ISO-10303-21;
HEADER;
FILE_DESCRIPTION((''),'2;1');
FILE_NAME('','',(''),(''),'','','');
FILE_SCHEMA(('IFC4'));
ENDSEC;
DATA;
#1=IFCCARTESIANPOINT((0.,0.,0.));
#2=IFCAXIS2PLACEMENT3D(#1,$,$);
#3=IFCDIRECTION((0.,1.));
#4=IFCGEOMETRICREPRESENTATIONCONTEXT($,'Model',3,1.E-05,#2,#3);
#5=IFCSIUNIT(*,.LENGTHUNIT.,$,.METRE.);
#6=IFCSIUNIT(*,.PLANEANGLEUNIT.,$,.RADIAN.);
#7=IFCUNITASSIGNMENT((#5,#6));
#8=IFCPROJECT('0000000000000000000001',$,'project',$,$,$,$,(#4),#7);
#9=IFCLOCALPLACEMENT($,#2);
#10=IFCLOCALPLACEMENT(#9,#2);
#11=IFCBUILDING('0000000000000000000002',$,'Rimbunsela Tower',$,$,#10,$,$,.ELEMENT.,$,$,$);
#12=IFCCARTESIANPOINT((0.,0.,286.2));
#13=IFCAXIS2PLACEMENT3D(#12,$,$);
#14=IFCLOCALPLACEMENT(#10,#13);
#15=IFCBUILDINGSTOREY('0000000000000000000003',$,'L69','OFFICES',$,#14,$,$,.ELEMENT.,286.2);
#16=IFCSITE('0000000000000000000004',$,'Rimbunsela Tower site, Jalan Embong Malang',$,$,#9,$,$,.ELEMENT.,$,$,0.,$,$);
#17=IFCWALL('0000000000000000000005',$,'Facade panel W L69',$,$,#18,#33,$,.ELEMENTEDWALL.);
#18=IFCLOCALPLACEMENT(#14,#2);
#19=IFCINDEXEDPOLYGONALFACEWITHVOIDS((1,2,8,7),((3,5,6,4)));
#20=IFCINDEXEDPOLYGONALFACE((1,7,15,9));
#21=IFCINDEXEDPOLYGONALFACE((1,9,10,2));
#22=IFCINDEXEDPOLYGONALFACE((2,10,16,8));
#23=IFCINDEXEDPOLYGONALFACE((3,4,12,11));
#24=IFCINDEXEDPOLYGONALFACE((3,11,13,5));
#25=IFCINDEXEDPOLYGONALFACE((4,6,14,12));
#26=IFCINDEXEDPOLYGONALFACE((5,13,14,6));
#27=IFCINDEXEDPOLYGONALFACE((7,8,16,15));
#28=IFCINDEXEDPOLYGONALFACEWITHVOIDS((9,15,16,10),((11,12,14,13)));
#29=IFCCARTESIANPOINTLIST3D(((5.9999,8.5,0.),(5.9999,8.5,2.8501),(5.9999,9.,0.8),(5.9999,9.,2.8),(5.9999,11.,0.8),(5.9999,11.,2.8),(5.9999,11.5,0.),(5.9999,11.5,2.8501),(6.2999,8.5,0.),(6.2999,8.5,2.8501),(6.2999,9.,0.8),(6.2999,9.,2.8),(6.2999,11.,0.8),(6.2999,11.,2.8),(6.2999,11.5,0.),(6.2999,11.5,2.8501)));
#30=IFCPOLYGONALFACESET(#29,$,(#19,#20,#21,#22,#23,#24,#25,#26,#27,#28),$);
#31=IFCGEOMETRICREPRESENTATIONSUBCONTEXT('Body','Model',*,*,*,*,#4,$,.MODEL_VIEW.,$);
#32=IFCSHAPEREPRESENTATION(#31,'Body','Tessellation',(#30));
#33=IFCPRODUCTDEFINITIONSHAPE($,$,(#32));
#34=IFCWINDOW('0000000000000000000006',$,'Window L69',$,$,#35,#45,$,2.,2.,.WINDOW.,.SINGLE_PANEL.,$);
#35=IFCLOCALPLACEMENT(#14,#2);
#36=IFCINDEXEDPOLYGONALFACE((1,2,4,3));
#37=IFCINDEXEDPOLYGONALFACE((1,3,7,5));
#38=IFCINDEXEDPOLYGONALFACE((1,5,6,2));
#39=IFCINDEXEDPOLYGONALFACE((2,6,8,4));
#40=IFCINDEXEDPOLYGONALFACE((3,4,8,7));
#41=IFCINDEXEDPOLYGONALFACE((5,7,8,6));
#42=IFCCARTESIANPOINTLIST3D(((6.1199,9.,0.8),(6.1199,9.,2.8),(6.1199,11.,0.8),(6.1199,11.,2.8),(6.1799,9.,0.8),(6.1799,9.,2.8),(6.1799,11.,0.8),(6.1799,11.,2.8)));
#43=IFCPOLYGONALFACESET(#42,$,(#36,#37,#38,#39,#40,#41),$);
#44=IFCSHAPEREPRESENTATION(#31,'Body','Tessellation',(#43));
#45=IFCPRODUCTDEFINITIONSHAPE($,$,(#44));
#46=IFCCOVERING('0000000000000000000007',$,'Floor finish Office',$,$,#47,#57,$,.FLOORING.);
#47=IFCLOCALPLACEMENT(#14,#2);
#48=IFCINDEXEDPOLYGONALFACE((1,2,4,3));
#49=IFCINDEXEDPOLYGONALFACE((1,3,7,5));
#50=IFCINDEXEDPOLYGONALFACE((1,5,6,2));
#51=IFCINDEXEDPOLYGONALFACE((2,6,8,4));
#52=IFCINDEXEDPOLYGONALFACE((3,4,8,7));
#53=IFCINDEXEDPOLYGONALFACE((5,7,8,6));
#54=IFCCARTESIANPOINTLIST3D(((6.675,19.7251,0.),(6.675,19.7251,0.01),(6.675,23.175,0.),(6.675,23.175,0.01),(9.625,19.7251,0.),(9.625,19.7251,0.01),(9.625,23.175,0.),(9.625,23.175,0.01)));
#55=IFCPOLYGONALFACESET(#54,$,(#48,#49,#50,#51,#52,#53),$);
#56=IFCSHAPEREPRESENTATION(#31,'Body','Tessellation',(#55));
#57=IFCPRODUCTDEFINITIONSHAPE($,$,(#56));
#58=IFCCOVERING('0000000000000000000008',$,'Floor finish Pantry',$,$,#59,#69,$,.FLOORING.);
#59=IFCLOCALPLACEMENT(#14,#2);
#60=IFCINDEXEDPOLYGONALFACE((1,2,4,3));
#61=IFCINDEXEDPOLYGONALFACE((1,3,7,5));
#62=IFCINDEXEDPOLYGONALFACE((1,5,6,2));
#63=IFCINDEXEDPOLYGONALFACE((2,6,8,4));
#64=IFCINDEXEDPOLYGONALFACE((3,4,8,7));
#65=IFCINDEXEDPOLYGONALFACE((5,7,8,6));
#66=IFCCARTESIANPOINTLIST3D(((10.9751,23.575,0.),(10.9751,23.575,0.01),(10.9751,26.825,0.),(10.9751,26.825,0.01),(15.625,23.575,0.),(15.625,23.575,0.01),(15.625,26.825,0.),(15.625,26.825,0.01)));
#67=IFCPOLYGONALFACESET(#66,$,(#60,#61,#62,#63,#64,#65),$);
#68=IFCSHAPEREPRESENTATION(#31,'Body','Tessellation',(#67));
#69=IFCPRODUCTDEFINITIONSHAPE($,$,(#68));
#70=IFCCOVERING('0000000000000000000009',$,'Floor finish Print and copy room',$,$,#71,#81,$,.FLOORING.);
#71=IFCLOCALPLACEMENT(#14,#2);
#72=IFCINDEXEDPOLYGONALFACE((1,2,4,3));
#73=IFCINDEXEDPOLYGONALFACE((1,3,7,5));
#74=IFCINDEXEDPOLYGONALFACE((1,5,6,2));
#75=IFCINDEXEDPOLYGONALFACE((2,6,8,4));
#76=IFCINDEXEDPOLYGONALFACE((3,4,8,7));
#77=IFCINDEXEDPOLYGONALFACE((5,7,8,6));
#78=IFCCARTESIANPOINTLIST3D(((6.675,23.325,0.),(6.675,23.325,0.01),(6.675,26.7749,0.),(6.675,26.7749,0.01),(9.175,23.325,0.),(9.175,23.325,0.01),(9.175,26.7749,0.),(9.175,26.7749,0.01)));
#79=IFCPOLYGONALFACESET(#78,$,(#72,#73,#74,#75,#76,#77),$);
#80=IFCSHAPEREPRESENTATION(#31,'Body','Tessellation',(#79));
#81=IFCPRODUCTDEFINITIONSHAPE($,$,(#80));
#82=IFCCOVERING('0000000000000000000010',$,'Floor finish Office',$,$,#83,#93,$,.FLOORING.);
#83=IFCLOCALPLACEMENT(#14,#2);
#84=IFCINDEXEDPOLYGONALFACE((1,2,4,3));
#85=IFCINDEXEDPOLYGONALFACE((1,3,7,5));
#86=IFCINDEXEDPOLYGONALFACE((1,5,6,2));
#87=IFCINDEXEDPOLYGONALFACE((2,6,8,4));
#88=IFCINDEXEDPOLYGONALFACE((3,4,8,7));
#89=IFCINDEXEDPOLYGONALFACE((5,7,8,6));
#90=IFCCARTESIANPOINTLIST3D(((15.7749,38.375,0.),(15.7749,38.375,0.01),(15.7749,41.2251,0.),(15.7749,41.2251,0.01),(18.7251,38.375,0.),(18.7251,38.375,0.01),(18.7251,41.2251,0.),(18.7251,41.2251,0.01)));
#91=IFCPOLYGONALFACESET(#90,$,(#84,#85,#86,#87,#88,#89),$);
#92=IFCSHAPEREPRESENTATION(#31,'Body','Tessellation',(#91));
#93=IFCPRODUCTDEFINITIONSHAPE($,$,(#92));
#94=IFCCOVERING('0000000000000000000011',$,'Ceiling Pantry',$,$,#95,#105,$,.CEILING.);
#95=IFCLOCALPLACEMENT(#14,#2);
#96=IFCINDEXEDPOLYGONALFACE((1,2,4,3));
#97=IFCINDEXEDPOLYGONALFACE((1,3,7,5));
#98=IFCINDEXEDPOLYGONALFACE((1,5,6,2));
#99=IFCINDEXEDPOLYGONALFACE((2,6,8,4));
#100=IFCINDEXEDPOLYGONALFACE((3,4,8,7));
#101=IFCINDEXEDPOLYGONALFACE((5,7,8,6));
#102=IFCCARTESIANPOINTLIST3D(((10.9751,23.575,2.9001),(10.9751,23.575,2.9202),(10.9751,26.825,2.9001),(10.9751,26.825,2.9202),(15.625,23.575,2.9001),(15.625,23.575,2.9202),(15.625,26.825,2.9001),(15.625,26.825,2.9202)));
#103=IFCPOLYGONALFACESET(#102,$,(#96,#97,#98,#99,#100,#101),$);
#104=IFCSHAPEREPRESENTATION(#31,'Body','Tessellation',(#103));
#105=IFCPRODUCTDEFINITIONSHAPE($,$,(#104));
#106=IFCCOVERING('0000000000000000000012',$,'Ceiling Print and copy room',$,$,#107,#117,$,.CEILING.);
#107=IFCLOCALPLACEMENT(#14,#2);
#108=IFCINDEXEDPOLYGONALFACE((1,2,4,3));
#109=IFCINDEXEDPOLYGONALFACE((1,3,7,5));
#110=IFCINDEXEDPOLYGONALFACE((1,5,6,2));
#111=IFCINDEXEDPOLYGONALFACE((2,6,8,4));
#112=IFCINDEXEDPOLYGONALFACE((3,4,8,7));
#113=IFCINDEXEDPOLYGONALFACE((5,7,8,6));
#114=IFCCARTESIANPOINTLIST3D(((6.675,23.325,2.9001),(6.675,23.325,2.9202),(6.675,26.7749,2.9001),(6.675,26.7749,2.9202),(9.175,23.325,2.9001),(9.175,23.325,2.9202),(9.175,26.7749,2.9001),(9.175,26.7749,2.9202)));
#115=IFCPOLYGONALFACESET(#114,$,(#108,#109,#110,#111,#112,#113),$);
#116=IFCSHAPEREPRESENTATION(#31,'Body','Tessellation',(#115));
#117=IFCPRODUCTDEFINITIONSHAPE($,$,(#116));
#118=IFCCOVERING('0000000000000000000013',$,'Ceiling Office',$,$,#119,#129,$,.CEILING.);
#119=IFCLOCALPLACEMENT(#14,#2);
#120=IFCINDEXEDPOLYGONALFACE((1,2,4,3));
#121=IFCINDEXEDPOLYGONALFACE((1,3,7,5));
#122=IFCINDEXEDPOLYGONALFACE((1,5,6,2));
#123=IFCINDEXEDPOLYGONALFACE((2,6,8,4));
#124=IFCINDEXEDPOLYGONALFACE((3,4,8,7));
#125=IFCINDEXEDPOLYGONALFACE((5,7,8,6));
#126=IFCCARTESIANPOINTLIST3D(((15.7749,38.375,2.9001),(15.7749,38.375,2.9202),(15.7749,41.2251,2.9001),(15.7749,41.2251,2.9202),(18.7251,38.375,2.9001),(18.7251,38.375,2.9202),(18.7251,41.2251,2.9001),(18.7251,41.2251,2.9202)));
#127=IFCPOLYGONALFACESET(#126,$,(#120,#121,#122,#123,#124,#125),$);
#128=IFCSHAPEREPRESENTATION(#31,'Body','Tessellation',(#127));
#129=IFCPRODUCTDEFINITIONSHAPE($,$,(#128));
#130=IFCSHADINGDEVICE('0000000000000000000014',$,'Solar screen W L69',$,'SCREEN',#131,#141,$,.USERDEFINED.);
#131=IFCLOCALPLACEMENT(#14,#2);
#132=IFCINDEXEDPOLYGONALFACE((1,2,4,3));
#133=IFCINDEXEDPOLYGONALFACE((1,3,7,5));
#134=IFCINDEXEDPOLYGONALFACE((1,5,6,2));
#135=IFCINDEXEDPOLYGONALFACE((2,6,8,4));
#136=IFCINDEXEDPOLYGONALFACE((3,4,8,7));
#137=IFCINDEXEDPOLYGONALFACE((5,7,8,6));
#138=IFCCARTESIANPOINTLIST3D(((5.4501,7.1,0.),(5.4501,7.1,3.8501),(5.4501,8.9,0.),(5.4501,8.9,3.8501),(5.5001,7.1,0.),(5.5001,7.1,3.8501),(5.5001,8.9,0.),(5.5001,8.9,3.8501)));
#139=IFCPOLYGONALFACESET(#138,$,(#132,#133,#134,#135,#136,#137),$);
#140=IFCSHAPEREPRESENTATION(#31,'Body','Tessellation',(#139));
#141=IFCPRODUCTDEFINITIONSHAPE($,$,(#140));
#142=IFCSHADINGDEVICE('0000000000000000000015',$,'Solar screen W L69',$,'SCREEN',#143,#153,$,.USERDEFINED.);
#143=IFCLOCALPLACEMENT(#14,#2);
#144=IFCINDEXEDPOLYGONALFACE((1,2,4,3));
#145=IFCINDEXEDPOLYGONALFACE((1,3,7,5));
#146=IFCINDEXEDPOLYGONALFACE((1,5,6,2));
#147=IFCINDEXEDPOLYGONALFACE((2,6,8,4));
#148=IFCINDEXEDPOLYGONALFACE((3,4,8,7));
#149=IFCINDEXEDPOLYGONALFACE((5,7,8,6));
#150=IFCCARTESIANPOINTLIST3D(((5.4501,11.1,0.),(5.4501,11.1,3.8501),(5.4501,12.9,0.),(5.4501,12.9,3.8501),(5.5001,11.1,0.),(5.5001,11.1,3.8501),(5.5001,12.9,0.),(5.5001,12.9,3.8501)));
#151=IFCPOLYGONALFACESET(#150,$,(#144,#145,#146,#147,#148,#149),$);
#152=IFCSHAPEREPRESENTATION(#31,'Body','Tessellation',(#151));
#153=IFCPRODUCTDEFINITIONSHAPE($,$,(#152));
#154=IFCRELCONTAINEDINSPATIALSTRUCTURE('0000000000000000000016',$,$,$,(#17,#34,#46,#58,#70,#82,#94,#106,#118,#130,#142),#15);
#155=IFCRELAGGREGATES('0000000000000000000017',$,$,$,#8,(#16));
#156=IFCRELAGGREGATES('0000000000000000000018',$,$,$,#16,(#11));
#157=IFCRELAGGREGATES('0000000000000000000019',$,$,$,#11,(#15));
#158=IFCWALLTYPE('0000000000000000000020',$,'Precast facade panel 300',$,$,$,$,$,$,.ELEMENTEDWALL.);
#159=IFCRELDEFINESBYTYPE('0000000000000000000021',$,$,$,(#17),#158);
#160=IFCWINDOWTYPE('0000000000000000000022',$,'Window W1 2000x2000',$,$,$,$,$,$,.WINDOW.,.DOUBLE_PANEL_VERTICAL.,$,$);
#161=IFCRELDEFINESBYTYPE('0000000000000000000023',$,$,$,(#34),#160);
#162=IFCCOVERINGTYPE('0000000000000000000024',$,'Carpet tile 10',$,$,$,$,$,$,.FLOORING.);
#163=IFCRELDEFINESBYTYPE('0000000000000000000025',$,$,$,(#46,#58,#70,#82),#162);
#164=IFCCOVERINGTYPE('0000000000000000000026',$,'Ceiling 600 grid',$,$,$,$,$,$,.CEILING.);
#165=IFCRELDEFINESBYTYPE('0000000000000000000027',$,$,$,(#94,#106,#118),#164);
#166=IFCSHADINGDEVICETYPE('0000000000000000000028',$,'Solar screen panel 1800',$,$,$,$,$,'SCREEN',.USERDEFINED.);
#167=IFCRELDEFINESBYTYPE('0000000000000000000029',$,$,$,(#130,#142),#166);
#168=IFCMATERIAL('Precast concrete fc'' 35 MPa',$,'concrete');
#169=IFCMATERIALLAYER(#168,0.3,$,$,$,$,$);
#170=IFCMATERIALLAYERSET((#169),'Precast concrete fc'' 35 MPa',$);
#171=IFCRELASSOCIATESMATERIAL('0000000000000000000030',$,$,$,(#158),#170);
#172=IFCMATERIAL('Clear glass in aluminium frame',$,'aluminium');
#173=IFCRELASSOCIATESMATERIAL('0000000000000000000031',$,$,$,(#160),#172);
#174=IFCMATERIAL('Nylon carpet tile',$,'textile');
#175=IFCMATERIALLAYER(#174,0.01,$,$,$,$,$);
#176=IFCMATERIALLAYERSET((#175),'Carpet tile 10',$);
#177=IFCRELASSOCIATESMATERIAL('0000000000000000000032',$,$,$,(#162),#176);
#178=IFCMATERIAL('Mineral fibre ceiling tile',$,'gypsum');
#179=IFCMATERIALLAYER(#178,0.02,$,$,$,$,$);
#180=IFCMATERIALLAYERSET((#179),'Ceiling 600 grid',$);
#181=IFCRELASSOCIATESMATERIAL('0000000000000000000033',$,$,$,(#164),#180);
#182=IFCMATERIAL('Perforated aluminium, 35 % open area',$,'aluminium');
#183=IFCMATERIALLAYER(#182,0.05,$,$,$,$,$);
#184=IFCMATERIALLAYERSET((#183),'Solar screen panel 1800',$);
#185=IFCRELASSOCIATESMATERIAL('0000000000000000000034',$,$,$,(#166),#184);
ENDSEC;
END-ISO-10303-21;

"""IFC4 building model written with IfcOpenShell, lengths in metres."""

from ifc_helpers import new_model, si_unit, direction, frame, frame_2d, origin, origin_2d, place, context, subcontext, project, spatial, polyline, rectangle, outline, extrude, material, layer, layer_set, type_object, element, fill, save


model = new_model("IFC4")

# Units and contexts
model_context = context("Model", 3, precision=1e-05, world=origin(), true_north=direction((0.0, 1.0)))
body_context = subcontext(model_context, "Body", "Model", "MODEL_VIEW")
ifc_project = project(units=[si_unit("LENGTHUNIT", "METRE"), si_unit("PLANEANGLEUNIT", "RADIAN")], contexts=[model_context])

# Site, building, storey
site_placement = place(None, origin())
site = spatial("IfcSite", under=ifc_project, at=site_placement, Name="Rimbunsela Tower site, Jalan Embong Malang", CompositionType="ELEMENT", RefElevation=0.0)
building_placement = place(site_placement, origin())
building = spatial("IfcBuilding", under=site, at=building_placement, Name="Rimbunsela Tower", CompositionType="ELEMENT")
storey_placement = place(building_placement, frame((0.0, 0.0, 286.2)))
storey = spatial("IfcBuildingStorey", under=building, at=storey_placement, Name="L69", Description="OFFICES", CompositionType="ELEMENT", Elevation=286.2)

# Shared definitions
ifc_material_1 = material(Name="Precast concrete fc' 35 MPa", Category="concrete")
ifc_layer_1 = layer(ifc_material_1, 0.3)
ifc_layer_set_1 = layer_set([ifc_layer_1], Name="Precast concrete fc' 35 MPa")
wall_type = type_object("IfcWallType", Name="Precast facade panel 300", PredefinedType="ELEMENTEDWALL", material=ifc_layer_set_1)

# Wall, opening, window
wall_1_placement = place(storey_placement, frame((6.1499, 11.5, 0.0), z_axis=(0.0, 0.0, 1.0), x_axis=(0.0, -1.0, 0.0)))
wall_1 = element("IfcWall", 1, at=wall_1_placement, inside=storey, type_object=wall_type, Name="Facade panel W L69", PredefinedType="ELEMENTEDWALL", context=body_context, shape_type="SweptSolid", body=[
    extrude(rectangle(XDim=3.0, YDim=0.3, at=frame_2d((1.5, 0.0))), origin(), (0.0, 0.0, 1.0), 2.8501),
])
opening_placement = place(wall_1_placement, frame((0.5, 0.0, 0.8)))
opening = element("IfcOpeningElement", 2, at=opening_placement, cuts=wall_1, PredefinedType="OPENING", context=body_context, shape_type="SweptSolid", body=[
    extrude(rectangle(XDim=2.0, YDim=2.0, at=frame_2d((1.0, 1.0))), frame((0.0, 0.1599, 0.0), z_axis=(0.0, -1.0, 0.0), x_axis=(1.0, 0.0, 0.0)), (0.0, 0.0, 1.0), 0.3201),
])
ifc_material_2 = material(Name="Clear glass in aluminium frame", Category="aluminium")
window_type = type_object("IfcWindowType", Name="Window W1 2000x2000", PartitioningType="DOUBLE_PANEL_VERTICAL", PredefinedType="WINDOW", material=ifc_material_2)
window_placement = place(opening_placement, origin())
window = element("IfcWindow", 3, at=window_placement, inside=storey, type_object=window_type, Name="Window L69", OverallHeight=2.0, OverallWidth=2.0, PartitioningType="SINGLE_PANEL", PredefinedType="WINDOW", context=body_context, shape_type="SweptSolid", body=[
    extrude(rectangle(XDim=2.0, YDim=2.0, at=frame_2d((1.0, 1.0))), frame((0.0, 0.03, 0.0), z_axis=(0.0, -1.0, 0.0), x_axis=(1.0, 0.0, 0.0)), (0.0, 0.0, 1.0), 0.0601),
])
fill(opening, window)

# Coverings
ifc_material_3 = material(Name="Nylon carpet tile", Category="textile")
ifc_layer_2 = layer(ifc_material_3, 0.01)
ifc_layer_set_2 = layer_set([ifc_layer_2], Name="Carpet tile 10")
covering_type_1 = type_object("IfcCoveringType", Name="Carpet tile 10", PredefinedType="FLOORING", material=ifc_layer_set_2)
covering_1_placement = place(storey_placement, origin())
element("IfcCovering", 4, at=covering_1_placement, inside=storey, type_object=covering_type_1, Name="Floor finish Office", PredefinedType="FLOORING", context=body_context, shape_type="SweptSolid", body=[
    extrude(outline(polyline([(9.625, 19.7251), (9.625, 23.175), (6.675, 23.175), (6.675, 19.7251), (9.625, 19.7251)])), origin(), (0.0, 0.0, 1.0), 0.01),
])
covering_2_placement = place(storey_placement, origin())
element("IfcCovering", 5, at=covering_2_placement, inside=storey, type_object=covering_type_1, Name="Floor finish Pantry", PredefinedType="FLOORING", context=body_context, shape_type="SweptSolid", body=[
    extrude(outline(polyline([(15.625, 23.575), (15.625, 26.825), (10.9751, 26.825), (10.9751, 23.575), (15.625, 23.575)])), origin(), (0.0, 0.0, 1.0), 0.01),
])
covering_3_placement = place(storey_placement, origin())
element("IfcCovering", 6, at=covering_3_placement, inside=storey, type_object=covering_type_1, Name="Floor finish Print and copy room", PredefinedType="FLOORING", context=body_context, shape_type="SweptSolid", body=[
    extrude(outline(polyline([(9.175, 23.325), (9.175, 26.7749), (6.675, 26.7749), (6.675, 23.325), (9.175, 23.325)])), origin(), (0.0, 0.0, 1.0), 0.01),
])
covering_4_placement = place(storey_placement, origin())
element("IfcCovering", 7, at=covering_4_placement, inside=storey, type_object=covering_type_1, Name="Floor finish Office", PredefinedType="FLOORING", context=body_context, shape_type="SweptSolid", body=[
    extrude(outline(polyline([(18.7251, 38.375), (18.7251, 41.2251), (15.7749, 41.2251), (15.7749, 38.375), (18.7251, 38.375)])), origin(), (0.0, 0.0, 1.0), 0.01),
])
ifc_material_4 = material(Name="Mineral fibre ceiling tile", Category="gypsum")
ifc_layer_3 = layer(ifc_material_4, 0.02)
ifc_layer_set_3 = layer_set([ifc_layer_3], Name="Ceiling 600 grid")
covering_type_2 = type_object("IfcCoveringType", Name="Ceiling 600 grid", PredefinedType="CEILING", material=ifc_layer_set_3)
covering_5_placement = place(storey_placement, frame((0.0, 0.0, 2.9001)))
element("IfcCovering", 8, at=covering_5_placement, inside=storey, type_object=covering_type_2, Name="Ceiling Pantry", PredefinedType="CEILING", context=body_context, shape_type="SweptSolid", body=[
    extrude(outline(polyline([(15.625, 23.575), (15.625, 26.825), (10.9751, 26.825), (10.9751, 23.575), (15.625, 23.575)])), origin(), (0.0, 0.0, 1.0), 0.02),
])
covering_6_placement = place(storey_placement, frame((0.0, 0.0, 2.9001)))
element("IfcCovering", 9, at=covering_6_placement, inside=storey, type_object=covering_type_2, Name="Ceiling Print and copy room", PredefinedType="CEILING", context=body_context, shape_type="SweptSolid", body=[
    extrude(outline(polyline([(9.175, 23.325), (9.175, 26.7749), (6.675, 26.7749), (6.675, 23.325), (9.175, 23.325)])), origin(), (0.0, 0.0, 1.0), 0.02),
])
covering_7_placement = place(storey_placement, frame((0.0, 0.0, 2.9001)))
element("IfcCovering", 10, at=covering_7_placement, inside=storey, type_object=covering_type_2, Name="Ceiling Office", PredefinedType="CEILING", context=body_context, shape_type="SweptSolid", body=[
    extrude(outline(polyline([(18.7251, 38.375), (18.7251, 41.2251), (15.7749, 41.2251), (15.7749, 38.375), (18.7251, 38.375)])), origin(), (0.0, 0.0, 1.0), 0.02),
])

# Shading devices
ifc_material_5 = material(Name="Perforated aluminium, 35 % open area", Category="aluminium")
ifc_layer_4 = layer(ifc_material_5, 0.05)
ifc_layer_set_4 = layer_set([ifc_layer_4], Name="Solar screen panel 1800")
shading_device_type = type_object("IfcShadingDeviceType", Name="Solar screen panel 1800", ElementType="SCREEN", PredefinedType="USERDEFINED", material=ifc_layer_set_4)
for number, where, z_axis, x_axis, name in (
    (11, (5.4751, 8.0, 0.0), (0.0, 0.0, 1.0), (0.0, 1.0, 0.0), "Solar screen W L69"),
    (12, (5.4751, 12.0, 0.0), (0.0, 0.0, 1.0), (0.0, 1.0, 0.0), "Solar screen W L69"),
):
    element("IfcShadingDevice", number, at=place(storey_placement, frame(where, z_axis=z_axis, x_axis=x_axis)), inside=storey, type_object=shading_device_type, Name=name, ObjectType="SCREEN", PredefinedType="USERDEFINED", context=body_context, shape_type="SweptSolid", body=[
        extrude(rectangle(XDim=1.8, YDim=0.05, at=origin_2d()), origin(), (0.0, 0.0, 1.0), 3.8501),
    ])

save(model, "model.ifc")
